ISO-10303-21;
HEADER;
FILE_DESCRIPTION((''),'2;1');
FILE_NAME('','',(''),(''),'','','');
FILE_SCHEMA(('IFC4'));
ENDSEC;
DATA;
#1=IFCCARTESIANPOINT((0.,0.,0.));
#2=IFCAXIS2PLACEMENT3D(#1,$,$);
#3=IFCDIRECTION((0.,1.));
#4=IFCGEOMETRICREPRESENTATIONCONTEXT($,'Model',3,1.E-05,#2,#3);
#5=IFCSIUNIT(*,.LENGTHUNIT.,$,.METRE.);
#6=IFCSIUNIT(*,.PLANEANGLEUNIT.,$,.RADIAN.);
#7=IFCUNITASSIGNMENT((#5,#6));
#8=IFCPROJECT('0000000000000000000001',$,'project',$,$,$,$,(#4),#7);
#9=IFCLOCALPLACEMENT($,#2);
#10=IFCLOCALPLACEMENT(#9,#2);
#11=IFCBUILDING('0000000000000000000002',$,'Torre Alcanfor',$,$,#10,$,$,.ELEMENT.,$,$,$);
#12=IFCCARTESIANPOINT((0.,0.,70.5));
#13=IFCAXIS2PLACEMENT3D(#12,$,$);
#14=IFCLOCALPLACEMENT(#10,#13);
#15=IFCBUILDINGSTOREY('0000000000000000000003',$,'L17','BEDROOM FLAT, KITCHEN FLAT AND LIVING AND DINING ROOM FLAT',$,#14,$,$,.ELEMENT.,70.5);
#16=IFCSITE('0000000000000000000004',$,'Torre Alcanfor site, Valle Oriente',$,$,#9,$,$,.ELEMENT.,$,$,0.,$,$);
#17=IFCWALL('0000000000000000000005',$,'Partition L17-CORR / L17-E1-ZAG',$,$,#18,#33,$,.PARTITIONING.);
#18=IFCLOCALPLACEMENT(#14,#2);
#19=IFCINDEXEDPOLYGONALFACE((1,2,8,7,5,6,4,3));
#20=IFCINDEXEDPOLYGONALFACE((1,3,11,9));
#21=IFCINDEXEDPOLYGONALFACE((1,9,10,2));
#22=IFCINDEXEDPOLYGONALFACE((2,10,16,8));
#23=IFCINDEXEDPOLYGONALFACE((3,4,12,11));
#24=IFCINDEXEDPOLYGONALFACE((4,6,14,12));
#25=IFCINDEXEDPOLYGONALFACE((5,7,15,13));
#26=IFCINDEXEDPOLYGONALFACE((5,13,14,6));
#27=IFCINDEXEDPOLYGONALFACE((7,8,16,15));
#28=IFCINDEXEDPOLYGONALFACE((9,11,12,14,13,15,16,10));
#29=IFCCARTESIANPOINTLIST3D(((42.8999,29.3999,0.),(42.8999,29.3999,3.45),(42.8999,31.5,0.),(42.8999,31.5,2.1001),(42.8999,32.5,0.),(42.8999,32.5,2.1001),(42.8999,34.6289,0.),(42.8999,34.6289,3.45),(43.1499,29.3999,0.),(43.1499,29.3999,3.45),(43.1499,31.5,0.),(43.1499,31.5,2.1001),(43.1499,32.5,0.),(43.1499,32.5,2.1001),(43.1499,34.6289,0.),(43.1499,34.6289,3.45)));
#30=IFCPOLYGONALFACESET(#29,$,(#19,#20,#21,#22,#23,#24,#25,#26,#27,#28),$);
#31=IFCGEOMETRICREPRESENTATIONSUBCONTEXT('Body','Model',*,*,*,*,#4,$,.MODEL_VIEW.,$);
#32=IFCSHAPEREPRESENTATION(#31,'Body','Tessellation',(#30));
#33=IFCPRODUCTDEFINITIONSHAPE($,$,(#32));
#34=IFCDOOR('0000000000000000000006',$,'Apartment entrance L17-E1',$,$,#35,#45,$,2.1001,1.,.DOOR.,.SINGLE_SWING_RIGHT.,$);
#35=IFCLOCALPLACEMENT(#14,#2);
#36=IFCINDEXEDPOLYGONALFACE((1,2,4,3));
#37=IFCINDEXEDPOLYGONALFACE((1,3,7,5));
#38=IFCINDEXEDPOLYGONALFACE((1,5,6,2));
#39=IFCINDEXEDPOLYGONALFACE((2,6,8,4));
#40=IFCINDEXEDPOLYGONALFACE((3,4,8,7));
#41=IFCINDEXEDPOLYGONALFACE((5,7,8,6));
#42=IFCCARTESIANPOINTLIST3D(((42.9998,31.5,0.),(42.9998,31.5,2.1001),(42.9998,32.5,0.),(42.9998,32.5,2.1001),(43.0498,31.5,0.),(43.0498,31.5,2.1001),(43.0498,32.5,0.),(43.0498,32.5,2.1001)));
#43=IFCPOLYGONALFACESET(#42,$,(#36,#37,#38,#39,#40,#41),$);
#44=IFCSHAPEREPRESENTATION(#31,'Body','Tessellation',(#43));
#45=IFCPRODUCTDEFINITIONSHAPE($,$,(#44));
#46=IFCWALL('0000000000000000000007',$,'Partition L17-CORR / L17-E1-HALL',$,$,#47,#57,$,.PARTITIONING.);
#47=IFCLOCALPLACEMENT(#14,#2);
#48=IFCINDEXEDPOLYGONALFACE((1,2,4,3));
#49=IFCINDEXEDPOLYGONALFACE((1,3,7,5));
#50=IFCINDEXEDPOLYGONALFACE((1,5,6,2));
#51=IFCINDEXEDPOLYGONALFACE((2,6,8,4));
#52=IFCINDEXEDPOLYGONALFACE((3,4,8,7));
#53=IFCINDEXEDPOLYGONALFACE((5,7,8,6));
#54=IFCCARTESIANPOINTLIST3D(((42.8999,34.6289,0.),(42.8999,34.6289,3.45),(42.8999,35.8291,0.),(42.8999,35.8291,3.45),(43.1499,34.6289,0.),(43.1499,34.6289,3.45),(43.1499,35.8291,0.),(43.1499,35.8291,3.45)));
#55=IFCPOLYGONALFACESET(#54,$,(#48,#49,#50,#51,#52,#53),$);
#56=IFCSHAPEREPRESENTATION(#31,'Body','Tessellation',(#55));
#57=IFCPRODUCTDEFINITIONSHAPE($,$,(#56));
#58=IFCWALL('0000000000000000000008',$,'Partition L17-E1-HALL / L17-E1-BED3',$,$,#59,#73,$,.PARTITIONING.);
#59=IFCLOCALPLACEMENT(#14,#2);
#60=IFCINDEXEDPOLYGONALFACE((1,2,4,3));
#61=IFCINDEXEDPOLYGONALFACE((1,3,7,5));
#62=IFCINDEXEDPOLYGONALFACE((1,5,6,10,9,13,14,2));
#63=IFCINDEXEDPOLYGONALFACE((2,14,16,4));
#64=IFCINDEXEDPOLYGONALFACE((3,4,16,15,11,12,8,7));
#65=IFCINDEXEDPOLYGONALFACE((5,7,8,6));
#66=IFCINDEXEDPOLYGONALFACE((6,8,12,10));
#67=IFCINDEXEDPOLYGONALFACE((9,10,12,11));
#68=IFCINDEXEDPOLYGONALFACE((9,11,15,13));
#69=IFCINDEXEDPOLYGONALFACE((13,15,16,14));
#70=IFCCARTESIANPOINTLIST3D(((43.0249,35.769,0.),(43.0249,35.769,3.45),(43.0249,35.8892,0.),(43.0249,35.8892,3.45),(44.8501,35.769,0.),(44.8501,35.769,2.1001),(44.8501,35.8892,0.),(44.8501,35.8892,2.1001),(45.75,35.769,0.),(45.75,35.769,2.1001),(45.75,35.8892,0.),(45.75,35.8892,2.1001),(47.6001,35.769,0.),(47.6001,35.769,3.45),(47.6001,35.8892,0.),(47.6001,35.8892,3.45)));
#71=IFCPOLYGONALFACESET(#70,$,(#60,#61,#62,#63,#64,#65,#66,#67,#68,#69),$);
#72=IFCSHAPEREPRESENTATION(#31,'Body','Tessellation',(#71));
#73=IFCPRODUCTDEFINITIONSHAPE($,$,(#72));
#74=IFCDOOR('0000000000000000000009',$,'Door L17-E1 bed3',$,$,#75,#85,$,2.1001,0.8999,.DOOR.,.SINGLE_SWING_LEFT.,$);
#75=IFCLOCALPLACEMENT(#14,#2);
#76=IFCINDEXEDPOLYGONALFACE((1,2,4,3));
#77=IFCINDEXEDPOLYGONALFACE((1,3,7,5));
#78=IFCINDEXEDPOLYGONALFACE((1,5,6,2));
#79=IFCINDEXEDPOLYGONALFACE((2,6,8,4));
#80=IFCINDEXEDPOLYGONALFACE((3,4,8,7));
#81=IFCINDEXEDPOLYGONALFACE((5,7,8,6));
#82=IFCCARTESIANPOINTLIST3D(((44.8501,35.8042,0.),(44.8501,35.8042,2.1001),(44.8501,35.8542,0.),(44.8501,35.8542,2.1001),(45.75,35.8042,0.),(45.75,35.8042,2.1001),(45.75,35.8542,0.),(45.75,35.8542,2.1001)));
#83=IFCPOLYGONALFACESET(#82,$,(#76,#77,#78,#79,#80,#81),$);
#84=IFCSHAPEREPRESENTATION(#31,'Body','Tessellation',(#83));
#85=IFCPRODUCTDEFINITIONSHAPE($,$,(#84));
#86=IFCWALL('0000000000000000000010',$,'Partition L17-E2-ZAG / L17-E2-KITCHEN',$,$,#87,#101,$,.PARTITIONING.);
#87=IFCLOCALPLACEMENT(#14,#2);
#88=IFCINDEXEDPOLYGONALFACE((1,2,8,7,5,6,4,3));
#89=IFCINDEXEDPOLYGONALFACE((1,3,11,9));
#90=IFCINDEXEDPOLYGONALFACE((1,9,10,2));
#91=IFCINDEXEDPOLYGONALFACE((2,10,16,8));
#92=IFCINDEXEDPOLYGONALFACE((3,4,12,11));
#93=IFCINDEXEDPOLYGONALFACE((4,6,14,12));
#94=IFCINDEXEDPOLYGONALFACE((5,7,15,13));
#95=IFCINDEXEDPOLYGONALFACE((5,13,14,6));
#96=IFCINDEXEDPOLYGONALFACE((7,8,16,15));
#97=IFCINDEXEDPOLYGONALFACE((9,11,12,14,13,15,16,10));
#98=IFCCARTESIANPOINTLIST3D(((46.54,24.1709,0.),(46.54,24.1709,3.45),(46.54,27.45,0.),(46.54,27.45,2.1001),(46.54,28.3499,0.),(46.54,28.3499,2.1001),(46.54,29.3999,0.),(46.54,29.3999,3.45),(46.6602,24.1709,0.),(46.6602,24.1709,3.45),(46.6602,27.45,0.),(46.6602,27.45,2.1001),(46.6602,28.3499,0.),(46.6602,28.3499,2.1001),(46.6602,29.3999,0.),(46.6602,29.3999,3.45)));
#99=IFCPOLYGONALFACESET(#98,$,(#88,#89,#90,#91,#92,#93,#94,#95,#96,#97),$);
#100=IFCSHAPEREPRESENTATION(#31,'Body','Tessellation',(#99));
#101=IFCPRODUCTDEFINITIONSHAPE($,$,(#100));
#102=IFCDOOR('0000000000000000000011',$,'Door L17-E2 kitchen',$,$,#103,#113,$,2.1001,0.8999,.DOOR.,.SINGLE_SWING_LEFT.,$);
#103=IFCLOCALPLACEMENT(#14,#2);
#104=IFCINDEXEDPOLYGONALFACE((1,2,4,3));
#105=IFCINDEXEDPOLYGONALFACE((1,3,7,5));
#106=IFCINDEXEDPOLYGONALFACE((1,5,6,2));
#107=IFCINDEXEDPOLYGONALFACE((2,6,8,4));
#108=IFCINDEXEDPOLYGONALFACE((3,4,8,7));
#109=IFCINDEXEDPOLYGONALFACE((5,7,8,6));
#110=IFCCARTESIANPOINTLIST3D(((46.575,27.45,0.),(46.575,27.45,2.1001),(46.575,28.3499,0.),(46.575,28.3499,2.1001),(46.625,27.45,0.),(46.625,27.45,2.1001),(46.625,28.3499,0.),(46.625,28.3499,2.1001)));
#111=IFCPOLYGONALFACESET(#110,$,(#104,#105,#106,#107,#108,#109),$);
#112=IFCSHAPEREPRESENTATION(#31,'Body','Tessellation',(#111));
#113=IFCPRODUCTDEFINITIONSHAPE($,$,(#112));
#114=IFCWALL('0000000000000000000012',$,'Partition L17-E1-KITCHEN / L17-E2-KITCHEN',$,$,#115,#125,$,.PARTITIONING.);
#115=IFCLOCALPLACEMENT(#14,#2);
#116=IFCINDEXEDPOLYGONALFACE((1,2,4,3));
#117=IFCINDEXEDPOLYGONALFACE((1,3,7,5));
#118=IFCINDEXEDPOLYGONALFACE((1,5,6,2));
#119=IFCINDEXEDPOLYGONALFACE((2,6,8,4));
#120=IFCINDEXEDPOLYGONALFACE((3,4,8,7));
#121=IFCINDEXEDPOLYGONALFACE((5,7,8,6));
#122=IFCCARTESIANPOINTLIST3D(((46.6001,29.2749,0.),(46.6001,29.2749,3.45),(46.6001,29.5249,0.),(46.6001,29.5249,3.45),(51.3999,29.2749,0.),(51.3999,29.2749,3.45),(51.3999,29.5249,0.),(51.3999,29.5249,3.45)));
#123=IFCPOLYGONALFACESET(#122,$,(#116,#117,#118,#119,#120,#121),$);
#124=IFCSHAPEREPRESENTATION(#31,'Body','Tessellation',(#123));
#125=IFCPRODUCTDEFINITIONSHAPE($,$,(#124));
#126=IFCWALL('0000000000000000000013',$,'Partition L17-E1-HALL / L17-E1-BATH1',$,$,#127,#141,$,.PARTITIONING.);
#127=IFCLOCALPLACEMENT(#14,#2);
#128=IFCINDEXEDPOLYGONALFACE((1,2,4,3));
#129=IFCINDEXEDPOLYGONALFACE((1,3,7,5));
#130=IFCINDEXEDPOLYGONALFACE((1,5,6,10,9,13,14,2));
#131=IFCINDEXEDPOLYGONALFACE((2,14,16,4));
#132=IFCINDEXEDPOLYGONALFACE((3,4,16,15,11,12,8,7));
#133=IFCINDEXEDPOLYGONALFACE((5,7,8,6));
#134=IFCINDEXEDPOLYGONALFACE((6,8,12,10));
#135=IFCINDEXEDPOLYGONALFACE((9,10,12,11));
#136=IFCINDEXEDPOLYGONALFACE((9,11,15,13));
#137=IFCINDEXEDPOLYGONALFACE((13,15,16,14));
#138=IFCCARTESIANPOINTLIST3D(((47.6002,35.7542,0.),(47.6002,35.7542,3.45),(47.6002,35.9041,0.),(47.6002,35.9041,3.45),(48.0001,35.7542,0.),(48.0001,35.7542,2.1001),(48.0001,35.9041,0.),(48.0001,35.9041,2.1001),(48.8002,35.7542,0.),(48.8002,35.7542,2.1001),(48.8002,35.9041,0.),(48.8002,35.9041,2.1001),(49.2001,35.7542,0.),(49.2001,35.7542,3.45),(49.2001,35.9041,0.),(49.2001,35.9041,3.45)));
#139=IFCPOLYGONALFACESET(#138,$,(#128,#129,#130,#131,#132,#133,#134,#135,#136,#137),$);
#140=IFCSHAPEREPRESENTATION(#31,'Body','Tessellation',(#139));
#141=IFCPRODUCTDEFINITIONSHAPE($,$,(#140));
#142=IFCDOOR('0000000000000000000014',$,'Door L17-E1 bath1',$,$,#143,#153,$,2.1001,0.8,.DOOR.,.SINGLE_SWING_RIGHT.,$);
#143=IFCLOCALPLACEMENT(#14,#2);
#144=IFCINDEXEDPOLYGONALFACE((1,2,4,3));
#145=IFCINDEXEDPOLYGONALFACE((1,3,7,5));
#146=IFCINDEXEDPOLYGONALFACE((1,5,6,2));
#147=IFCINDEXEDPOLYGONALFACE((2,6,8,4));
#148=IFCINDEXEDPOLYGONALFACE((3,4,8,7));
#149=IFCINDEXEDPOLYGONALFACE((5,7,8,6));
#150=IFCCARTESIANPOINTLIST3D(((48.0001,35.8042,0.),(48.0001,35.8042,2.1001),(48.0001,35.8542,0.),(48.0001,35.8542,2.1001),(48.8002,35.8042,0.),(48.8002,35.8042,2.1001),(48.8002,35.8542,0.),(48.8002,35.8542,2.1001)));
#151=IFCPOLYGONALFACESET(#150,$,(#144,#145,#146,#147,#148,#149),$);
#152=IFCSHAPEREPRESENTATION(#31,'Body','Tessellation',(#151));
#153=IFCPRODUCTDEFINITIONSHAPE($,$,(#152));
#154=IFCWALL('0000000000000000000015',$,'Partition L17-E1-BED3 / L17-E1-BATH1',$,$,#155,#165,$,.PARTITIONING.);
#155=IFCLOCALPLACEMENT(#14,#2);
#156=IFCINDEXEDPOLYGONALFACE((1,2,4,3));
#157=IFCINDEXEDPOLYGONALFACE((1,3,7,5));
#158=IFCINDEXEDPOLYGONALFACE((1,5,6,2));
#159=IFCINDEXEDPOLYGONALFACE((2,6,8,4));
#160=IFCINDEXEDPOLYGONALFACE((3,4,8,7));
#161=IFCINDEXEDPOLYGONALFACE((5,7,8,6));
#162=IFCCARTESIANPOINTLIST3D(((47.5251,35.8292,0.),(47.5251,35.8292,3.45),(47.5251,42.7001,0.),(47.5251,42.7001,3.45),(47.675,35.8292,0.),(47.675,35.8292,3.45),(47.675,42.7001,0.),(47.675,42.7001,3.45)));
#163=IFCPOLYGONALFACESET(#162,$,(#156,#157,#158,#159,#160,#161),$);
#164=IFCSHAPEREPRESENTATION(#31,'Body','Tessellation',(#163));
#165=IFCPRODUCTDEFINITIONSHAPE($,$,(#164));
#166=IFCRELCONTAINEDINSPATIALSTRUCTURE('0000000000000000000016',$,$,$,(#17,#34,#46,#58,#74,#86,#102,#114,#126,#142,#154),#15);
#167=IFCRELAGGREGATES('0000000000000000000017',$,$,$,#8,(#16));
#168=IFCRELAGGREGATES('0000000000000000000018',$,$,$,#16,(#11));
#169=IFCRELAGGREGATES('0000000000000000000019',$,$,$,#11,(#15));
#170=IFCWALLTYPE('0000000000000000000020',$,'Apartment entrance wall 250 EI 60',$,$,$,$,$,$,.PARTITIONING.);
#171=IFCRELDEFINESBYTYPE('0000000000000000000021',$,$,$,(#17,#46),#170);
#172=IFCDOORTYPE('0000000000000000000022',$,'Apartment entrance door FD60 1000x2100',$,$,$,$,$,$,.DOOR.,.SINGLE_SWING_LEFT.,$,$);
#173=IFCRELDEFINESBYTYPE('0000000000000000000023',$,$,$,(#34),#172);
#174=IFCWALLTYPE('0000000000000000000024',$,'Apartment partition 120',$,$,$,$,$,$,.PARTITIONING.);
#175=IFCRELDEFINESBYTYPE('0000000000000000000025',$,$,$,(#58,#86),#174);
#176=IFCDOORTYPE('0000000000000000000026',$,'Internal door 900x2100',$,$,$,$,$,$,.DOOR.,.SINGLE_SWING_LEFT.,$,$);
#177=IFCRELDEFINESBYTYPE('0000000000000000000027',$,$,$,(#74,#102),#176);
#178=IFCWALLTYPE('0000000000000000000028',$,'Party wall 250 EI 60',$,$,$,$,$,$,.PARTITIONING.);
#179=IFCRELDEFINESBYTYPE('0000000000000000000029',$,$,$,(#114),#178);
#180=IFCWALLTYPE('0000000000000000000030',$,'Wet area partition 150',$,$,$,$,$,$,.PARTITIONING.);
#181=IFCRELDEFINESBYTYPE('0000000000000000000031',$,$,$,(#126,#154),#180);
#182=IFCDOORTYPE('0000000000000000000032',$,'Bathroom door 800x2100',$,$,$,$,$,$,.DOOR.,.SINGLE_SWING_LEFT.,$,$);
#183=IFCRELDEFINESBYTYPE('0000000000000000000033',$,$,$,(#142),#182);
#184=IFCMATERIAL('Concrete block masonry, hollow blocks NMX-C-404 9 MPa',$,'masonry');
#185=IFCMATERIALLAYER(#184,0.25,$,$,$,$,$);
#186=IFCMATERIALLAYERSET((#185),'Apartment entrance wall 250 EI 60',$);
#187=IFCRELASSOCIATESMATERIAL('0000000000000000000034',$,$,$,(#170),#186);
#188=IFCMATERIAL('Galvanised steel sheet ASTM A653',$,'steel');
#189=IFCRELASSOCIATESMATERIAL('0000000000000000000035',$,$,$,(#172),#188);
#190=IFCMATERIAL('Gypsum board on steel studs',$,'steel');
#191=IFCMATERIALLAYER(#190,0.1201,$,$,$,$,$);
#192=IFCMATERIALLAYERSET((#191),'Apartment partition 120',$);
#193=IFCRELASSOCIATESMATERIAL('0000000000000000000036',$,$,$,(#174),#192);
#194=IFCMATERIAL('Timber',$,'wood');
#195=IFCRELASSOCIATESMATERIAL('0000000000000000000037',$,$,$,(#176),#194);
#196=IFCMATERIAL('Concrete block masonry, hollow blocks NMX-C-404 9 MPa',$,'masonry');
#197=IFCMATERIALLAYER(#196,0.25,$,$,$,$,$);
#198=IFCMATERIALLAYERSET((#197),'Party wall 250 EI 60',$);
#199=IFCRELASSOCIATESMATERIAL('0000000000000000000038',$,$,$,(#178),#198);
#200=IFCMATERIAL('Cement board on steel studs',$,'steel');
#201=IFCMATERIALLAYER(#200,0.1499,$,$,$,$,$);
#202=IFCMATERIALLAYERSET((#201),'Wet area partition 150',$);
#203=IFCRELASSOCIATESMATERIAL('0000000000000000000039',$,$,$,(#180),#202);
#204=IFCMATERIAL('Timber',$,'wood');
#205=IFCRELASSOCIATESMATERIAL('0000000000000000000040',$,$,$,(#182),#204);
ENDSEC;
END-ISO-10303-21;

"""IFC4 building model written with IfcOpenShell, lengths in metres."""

from ifc_helpers import new_model, si_unit, direction, frame, frame_2d, origin, place, context, subcontext, project, spatial, rectangle, extrude, material, layer, layer_set, type_object, element, fill, save


model = new_model("IFC4")

# Units and contexts
model_context = context("Model", 3, precision=1e-05, world=origin(), true_north=direction((0.0, 1.0)))
body_context = subcontext(model_context, "Body", "Model", "MODEL_VIEW")
ifc_project = project(units=[si_unit("LENGTHUNIT", "METRE"), si_unit("PLANEANGLEUNIT", "RADIAN")], contexts=[model_context])

# Site, building, storey
site_placement = place(None, origin())
site = spatial("IfcSite", under=ifc_project, at=site_placement, Name="Torre Alcanfor site, Valle Oriente", CompositionType="ELEMENT", RefElevation=0.0)
building_placement = place(site_placement, origin())
building = spatial("IfcBuilding", under=site, at=building_placement, Name="Torre Alcanfor", CompositionType="ELEMENT")
storey_placement = place(building_placement, frame((0.0, 0.0, 70.5)))
storey = spatial("IfcBuildingStorey", under=building, at=storey_placement, Name="L17", Description="BEDROOM FLAT, KITCHEN FLAT AND LIVING AND DINING ROOM FLAT", CompositionType="ELEMENT", Elevation=70.5)

# Wall, opening, door
ifc_material_1 = material(Name="Concrete block masonry, hollow blocks NMX-C-404 9 MPa", Category="masonry")
ifc_layer_1 = layer(ifc_material_1, 0.25)
ifc_layer_set_1 = layer_set([ifc_layer_1], Name="Apartment entrance wall 250 EI 60")
wall_type_1 = type_object("IfcWallType", Name="Apartment entrance wall 250 EI 60", PredefinedType="PARTITIONING", material=ifc_layer_set_1)
wall_1_placement = place(storey_placement, frame((43.0249, 34.6289, 0.0), z_axis=(0.0, 0.0, 1.0), x_axis=(0.0, -1.0, 0.0)))
wall_1 = element("IfcWall", 1, at=wall_1_placement, inside=storey, type_object=wall_type_1, Name="Partition L17-CORR / L17-E1-ZAG", PredefinedType="PARTITIONING", context=body_context, shape_type="SweptSolid", body=[
    extrude(rectangle(XDim=5.229, YDim=0.25, at=frame_2d((2.6145, 0.0))), origin(), (0.0, 0.0, 1.0), 3.45),
])
opening_1_placement = place(wall_1_placement, frame((2.1289, 0.0, 0.0)))
opening_1 = element("IfcOpeningElement", 2, at=opening_1_placement, cuts=wall_1, PredefinedType="OPENING", context=body_context, shape_type="SweptSolid", body=[
    extrude(rectangle(XDim=1.0, YDim=2.1001, at=frame_2d((0.5, 1.05))), frame((0.0, 0.135, 0.0), z_axis=(0.0, -1.0, 0.0), x_axis=(1.0, 0.0, 0.0)), (0.0, 0.0, 1.0), 0.27),
])
ifc_material_2 = material(Name="Galvanised steel sheet ASTM A653", Category="steel")
door_type_1 = type_object("IfcDoorType", Name="Apartment entrance door FD60 1000x2100", OperationType="SINGLE_SWING_LEFT", PredefinedType="DOOR", material=ifc_material_2)
door_1_placement = place(opening_1_placement, origin())
door_1 = element("IfcDoor", 3, at=door_1_placement, inside=storey, type_object=door_type_1, Name="Apartment entrance L17-E1", OperationType="SINGLE_SWING_RIGHT", OverallHeight=2.1001, OverallWidth=1.0, PredefinedType="DOOR", context=body_context, shape_type="SweptSolid", body=[
    extrude(rectangle(XDim=1.0, YDim=2.1001, at=frame_2d((0.5, 1.05))), frame((0.0, 0.0249, 0.0), z_axis=(0.0, -1.0, 0.0), x_axis=(1.0, 0.0, 0.0)), (0.0, 0.0, 1.0), 0.05),
])
fill(opening_1, door_1)

# Wall
wall_2_placement = place(storey_placement, frame((43.0249, 35.8291, 0.0), z_axis=(0.0, 0.0, 1.0), x_axis=(0.0, -1.0, 0.0)))
element("IfcWall", 4, at=wall_2_placement, inside=storey, type_object=wall_type_1, Name="Partition L17-CORR / L17-E1-HALL", PredefinedType="PARTITIONING", context=body_context, shape_type="SweptSolid", body=[
    extrude(rectangle(XDim=1.2002, YDim=0.25, at=frame_2d((0.6001, 0.0))), origin(), (0.0, 0.0, 1.0), 3.45),
])

# Walls, openings, doors
ifc_material_3 = material(Name="Gypsum board on steel studs", Category="steel")
ifc_layer_2 = layer(ifc_material_3, 0.1201)
ifc_layer_set_2 = layer_set([ifc_layer_2], Name="Apartment partition 120")
wall_type_2 = type_object("IfcWallType", Name="Apartment partition 120", PredefinedType="PARTITIONING", material=ifc_layer_set_2)
wall_3_placement = place(storey_placement, frame((47.6001, 35.8291, 0.0), z_axis=(0.0, 0.0, 1.0), x_axis=(-1.0, 0.0, 0.0)))
wall_3 = element("IfcWall", 5, at=wall_3_placement, inside=storey, type_object=wall_type_2, Name="Partition L17-E1-HALL / L17-E1-BED3", PredefinedType="PARTITIONING", context=body_context, shape_type="SweptSolid", body=[
    extrude(rectangle(XDim=4.5752, YDim=0.1201, at=frame_2d((2.2876, 0.0))), origin(), (0.0, 0.0, 1.0), 3.45),
])
opening_2_placement = place(wall_3_placement, frame((1.8501, 0.0, 0.0)))
opening_2 = element("IfcOpeningElement", 6, at=opening_2_placement, cuts=wall_3, PredefinedType="OPENING", context=body_context, shape_type="SweptSolid", body=[
    extrude(rectangle(XDim=0.8999, YDim=2.1001, at=frame_2d((0.45, 1.05))), frame((0.0, 0.0701, 0.0), z_axis=(0.0, -1.0, 0.0), x_axis=(1.0, 0.0, 0.0)), (0.0, 0.0, 1.0), 0.1401),
])
ifc_material_4 = material(Name="Timber", Category="wood")
door_type_2 = type_object("IfcDoorType", Name="Internal door 900x2100", OperationType="SINGLE_SWING_LEFT", PredefinedType="DOOR", material=ifc_material_4)
door_2_placement = place(opening_2_placement, frame((0.8999, 0.0, 0.0), z_axis=(0.0, 0.0, 1.0), x_axis=(-1.0, 0.0, 0.0)))
door_2 = element("IfcDoor", 7, at=door_2_placement, inside=storey, type_object=door_type_2, Name="Door L17-E1 bed3", OperationType="SINGLE_SWING_LEFT", OverallHeight=2.1001, OverallWidth=0.8999, PredefinedType="DOOR", context=body_context, shape_type="SweptSolid", body=[
    extrude(rectangle(XDim=0.8999, YDim=2.1001, at=frame_2d((0.45, 1.05))), frame((0.0, 0.0251, 0.0), z_axis=(0.0, -1.0, 0.0), x_axis=(1.0, 0.0, 0.0)), (0.0, 0.0, 1.0), 0.05),
])
fill(opening_2, door_2)
wall_4_placement = place(storey_placement, frame((46.6001, 29.3999, 0.0), z_axis=(0.0, 0.0, 1.0), x_axis=(0.0, -1.0, 0.0)))
wall_4 = element("IfcWall", 8, at=wall_4_placement, inside=storey, type_object=wall_type_2, Name="Partition L17-E2-ZAG / L17-E2-KITCHEN", PredefinedType="PARTITIONING", context=body_context, shape_type="SweptSolid", body=[
    extrude(rectangle(XDim=5.229, YDim=0.1201, at=frame_2d((2.6145, 0.0))), origin(), (0.0, 0.0, 1.0), 3.45),
])
opening_3_placement = place(wall_4_placement, frame((1.05, 0.0, 0.0)))
opening_3 = element("IfcOpeningElement", 9, at=opening_3_placement, cuts=wall_4, PredefinedType="OPENING", context=body_context, shape_type="SweptSolid", body=[
    extrude(rectangle(XDim=0.8999, YDim=2.1001, at=frame_2d((0.45, 1.05))), frame((0.0, 0.0701, 0.0), z_axis=(0.0, -1.0, 0.0), x_axis=(1.0, 0.0, 0.0)), (0.0, 0.0, 1.0), 0.1401),
])
door_3_placement = place(opening_3_placement, origin())
door_3 = element("IfcDoor", 10, at=door_3_placement, inside=storey, type_object=door_type_2, Name="Door L17-E2 kitchen", OperationType="SINGLE_SWING_LEFT", OverallHeight=2.1001, OverallWidth=0.8999, PredefinedType="DOOR", context=body_context, shape_type="SweptSolid", body=[
    extrude(rectangle(XDim=0.8999, YDim=2.1001, at=frame_2d((0.45, 1.05))), frame((0.0, 0.0249, 0.0), z_axis=(0.0, -1.0, 0.0), x_axis=(1.0, 0.0, 0.0)), (0.0, 0.0, 1.0), 0.05),
])
fill(opening_3, door_3)

# Wall
ifc_material_5 = material(Name="Concrete block masonry, hollow blocks NMX-C-404 9 MPa", Category="masonry")
ifc_layer_3 = layer(ifc_material_5, 0.25)
ifc_layer_set_3 = layer_set([ifc_layer_3], Name="Party wall 250 EI 60")
wall_type_3 = type_object("IfcWallType", Name="Party wall 250 EI 60", PredefinedType="PARTITIONING", material=ifc_layer_set_3)
wall_5_placement = place(storey_placement, frame((46.6001, 29.3999, 0.0), z_axis=(0.0, 0.0, 1.0), x_axis=(1.0, 0.0, 0.0)))
element("IfcWall", 11, at=wall_5_placement, inside=storey, type_object=wall_type_3, Name="Partition L17-E1-KITCHEN / L17-E2-KITCHEN", PredefinedType="PARTITIONING", context=body_context, shape_type="SweptSolid", body=[
    extrude(rectangle(XDim=4.7998, YDim=0.25, at=frame_2d((2.3999, 0.0))), origin(), (0.0, 0.0, 1.0), 3.45),
])

# Wall, opening, door
ifc_material_6 = material(Name="Cement board on steel studs", Category="steel")
ifc_layer_4 = layer(ifc_material_6, 0.1499)
ifc_layer_set_4 = layer_set([ifc_layer_4], Name="Wet area partition 150")
wall_type_4 = type_object("IfcWallType", Name="Wet area partition 150", PredefinedType="PARTITIONING", material=ifc_layer_set_4)
wall_6_placement = place(storey_placement, frame((49.2, 35.8291, 0.0), z_axis=(0.0, 0.0, 1.0), x_axis=(-1.0, 0.0, 0.0)))
wall_6 = element("IfcWall", 12, at=wall_6_placement, inside=storey, type_object=wall_type_4, Name="Partition L17-E1-HALL / L17-E1-BATH1", PredefinedType="PARTITIONING", context=body_context, shape_type="SweptSolid", body=[
    extrude(rectangle(XDim=1.5999, YDim=0.1499, at=frame_2d((0.7998, 0.0))), origin(), (0.0, 0.0, 1.0), 3.45),
])
opening_4_placement = place(wall_6_placement, frame((0.3999, 0.0, 0.0)))
opening_4 = element("IfcOpeningElement", 13, at=opening_4_placement, cuts=wall_6, PredefinedType="OPENING", context=body_context, shape_type="SweptSolid", body=[
    extrude(rectangle(XDim=0.8, YDim=2.1001, at=frame_2d((0.3999, 1.05))), frame((0.0, 0.085, 0.0), z_axis=(0.0, -1.0, 0.0), x_axis=(1.0, 0.0, 0.0)), (0.0, 0.0, 1.0), 0.1699),
])
ifc_material_7 = material(Name="Timber", Category="wood")
door_type_3 = type_object("IfcDoorType", Name="Bathroom door 800x2100", OperationType="SINGLE_SWING_LEFT", PredefinedType="DOOR", material=ifc_material_7)
door_4_placement = place(opening_4_placement, frame((0.8, 0.0, 0.0), z_axis=(0.0, 0.0, 1.0), x_axis=(-1.0, 0.0, 0.0)))
door_4 = element("IfcDoor", 14, at=door_4_placement, inside=storey, type_object=door_type_3, Name="Door L17-E1 bath1", OperationType="SINGLE_SWING_RIGHT", OverallHeight=2.1001, OverallWidth=0.8, PredefinedType="DOOR", context=body_context, shape_type="SweptSolid", body=[
    extrude(rectangle(XDim=0.8, YDim=2.1001, at=frame_2d((0.4001, 1.05))), frame((0.0, 0.0251, 0.0), z_axis=(0.0, -1.0, 0.0), x_axis=(1.0, 0.0, 0.0)), (0.0, 0.0, 1.0), 0.05),
])
fill(opening_4, door_4)

# Wall
for number, where, z_axis, x_axis, name in (
    (15, (47.6001, 35.8291, 0.0), (0.0, 0.0, 1.0), (0.0, 1.0, 0.0), "Partition L17-E1-BED3 / L17-E1-BATH1"),
):
    element("IfcWall", number, at=place(storey_placement, frame(where, z_axis=z_axis, x_axis=x_axis)), inside=storey, type_object=wall_type_4, Name=name, PredefinedType="PARTITIONING", context=body_context, shape_type="SweptSolid", body=[
        extrude(rectangle(XDim=6.8708, YDim=0.1499, at=frame_2d((3.4355, 0.0))), origin(), (0.0, 0.0, 1.0), 3.45),
    ])

save(model, "model.ifc")
